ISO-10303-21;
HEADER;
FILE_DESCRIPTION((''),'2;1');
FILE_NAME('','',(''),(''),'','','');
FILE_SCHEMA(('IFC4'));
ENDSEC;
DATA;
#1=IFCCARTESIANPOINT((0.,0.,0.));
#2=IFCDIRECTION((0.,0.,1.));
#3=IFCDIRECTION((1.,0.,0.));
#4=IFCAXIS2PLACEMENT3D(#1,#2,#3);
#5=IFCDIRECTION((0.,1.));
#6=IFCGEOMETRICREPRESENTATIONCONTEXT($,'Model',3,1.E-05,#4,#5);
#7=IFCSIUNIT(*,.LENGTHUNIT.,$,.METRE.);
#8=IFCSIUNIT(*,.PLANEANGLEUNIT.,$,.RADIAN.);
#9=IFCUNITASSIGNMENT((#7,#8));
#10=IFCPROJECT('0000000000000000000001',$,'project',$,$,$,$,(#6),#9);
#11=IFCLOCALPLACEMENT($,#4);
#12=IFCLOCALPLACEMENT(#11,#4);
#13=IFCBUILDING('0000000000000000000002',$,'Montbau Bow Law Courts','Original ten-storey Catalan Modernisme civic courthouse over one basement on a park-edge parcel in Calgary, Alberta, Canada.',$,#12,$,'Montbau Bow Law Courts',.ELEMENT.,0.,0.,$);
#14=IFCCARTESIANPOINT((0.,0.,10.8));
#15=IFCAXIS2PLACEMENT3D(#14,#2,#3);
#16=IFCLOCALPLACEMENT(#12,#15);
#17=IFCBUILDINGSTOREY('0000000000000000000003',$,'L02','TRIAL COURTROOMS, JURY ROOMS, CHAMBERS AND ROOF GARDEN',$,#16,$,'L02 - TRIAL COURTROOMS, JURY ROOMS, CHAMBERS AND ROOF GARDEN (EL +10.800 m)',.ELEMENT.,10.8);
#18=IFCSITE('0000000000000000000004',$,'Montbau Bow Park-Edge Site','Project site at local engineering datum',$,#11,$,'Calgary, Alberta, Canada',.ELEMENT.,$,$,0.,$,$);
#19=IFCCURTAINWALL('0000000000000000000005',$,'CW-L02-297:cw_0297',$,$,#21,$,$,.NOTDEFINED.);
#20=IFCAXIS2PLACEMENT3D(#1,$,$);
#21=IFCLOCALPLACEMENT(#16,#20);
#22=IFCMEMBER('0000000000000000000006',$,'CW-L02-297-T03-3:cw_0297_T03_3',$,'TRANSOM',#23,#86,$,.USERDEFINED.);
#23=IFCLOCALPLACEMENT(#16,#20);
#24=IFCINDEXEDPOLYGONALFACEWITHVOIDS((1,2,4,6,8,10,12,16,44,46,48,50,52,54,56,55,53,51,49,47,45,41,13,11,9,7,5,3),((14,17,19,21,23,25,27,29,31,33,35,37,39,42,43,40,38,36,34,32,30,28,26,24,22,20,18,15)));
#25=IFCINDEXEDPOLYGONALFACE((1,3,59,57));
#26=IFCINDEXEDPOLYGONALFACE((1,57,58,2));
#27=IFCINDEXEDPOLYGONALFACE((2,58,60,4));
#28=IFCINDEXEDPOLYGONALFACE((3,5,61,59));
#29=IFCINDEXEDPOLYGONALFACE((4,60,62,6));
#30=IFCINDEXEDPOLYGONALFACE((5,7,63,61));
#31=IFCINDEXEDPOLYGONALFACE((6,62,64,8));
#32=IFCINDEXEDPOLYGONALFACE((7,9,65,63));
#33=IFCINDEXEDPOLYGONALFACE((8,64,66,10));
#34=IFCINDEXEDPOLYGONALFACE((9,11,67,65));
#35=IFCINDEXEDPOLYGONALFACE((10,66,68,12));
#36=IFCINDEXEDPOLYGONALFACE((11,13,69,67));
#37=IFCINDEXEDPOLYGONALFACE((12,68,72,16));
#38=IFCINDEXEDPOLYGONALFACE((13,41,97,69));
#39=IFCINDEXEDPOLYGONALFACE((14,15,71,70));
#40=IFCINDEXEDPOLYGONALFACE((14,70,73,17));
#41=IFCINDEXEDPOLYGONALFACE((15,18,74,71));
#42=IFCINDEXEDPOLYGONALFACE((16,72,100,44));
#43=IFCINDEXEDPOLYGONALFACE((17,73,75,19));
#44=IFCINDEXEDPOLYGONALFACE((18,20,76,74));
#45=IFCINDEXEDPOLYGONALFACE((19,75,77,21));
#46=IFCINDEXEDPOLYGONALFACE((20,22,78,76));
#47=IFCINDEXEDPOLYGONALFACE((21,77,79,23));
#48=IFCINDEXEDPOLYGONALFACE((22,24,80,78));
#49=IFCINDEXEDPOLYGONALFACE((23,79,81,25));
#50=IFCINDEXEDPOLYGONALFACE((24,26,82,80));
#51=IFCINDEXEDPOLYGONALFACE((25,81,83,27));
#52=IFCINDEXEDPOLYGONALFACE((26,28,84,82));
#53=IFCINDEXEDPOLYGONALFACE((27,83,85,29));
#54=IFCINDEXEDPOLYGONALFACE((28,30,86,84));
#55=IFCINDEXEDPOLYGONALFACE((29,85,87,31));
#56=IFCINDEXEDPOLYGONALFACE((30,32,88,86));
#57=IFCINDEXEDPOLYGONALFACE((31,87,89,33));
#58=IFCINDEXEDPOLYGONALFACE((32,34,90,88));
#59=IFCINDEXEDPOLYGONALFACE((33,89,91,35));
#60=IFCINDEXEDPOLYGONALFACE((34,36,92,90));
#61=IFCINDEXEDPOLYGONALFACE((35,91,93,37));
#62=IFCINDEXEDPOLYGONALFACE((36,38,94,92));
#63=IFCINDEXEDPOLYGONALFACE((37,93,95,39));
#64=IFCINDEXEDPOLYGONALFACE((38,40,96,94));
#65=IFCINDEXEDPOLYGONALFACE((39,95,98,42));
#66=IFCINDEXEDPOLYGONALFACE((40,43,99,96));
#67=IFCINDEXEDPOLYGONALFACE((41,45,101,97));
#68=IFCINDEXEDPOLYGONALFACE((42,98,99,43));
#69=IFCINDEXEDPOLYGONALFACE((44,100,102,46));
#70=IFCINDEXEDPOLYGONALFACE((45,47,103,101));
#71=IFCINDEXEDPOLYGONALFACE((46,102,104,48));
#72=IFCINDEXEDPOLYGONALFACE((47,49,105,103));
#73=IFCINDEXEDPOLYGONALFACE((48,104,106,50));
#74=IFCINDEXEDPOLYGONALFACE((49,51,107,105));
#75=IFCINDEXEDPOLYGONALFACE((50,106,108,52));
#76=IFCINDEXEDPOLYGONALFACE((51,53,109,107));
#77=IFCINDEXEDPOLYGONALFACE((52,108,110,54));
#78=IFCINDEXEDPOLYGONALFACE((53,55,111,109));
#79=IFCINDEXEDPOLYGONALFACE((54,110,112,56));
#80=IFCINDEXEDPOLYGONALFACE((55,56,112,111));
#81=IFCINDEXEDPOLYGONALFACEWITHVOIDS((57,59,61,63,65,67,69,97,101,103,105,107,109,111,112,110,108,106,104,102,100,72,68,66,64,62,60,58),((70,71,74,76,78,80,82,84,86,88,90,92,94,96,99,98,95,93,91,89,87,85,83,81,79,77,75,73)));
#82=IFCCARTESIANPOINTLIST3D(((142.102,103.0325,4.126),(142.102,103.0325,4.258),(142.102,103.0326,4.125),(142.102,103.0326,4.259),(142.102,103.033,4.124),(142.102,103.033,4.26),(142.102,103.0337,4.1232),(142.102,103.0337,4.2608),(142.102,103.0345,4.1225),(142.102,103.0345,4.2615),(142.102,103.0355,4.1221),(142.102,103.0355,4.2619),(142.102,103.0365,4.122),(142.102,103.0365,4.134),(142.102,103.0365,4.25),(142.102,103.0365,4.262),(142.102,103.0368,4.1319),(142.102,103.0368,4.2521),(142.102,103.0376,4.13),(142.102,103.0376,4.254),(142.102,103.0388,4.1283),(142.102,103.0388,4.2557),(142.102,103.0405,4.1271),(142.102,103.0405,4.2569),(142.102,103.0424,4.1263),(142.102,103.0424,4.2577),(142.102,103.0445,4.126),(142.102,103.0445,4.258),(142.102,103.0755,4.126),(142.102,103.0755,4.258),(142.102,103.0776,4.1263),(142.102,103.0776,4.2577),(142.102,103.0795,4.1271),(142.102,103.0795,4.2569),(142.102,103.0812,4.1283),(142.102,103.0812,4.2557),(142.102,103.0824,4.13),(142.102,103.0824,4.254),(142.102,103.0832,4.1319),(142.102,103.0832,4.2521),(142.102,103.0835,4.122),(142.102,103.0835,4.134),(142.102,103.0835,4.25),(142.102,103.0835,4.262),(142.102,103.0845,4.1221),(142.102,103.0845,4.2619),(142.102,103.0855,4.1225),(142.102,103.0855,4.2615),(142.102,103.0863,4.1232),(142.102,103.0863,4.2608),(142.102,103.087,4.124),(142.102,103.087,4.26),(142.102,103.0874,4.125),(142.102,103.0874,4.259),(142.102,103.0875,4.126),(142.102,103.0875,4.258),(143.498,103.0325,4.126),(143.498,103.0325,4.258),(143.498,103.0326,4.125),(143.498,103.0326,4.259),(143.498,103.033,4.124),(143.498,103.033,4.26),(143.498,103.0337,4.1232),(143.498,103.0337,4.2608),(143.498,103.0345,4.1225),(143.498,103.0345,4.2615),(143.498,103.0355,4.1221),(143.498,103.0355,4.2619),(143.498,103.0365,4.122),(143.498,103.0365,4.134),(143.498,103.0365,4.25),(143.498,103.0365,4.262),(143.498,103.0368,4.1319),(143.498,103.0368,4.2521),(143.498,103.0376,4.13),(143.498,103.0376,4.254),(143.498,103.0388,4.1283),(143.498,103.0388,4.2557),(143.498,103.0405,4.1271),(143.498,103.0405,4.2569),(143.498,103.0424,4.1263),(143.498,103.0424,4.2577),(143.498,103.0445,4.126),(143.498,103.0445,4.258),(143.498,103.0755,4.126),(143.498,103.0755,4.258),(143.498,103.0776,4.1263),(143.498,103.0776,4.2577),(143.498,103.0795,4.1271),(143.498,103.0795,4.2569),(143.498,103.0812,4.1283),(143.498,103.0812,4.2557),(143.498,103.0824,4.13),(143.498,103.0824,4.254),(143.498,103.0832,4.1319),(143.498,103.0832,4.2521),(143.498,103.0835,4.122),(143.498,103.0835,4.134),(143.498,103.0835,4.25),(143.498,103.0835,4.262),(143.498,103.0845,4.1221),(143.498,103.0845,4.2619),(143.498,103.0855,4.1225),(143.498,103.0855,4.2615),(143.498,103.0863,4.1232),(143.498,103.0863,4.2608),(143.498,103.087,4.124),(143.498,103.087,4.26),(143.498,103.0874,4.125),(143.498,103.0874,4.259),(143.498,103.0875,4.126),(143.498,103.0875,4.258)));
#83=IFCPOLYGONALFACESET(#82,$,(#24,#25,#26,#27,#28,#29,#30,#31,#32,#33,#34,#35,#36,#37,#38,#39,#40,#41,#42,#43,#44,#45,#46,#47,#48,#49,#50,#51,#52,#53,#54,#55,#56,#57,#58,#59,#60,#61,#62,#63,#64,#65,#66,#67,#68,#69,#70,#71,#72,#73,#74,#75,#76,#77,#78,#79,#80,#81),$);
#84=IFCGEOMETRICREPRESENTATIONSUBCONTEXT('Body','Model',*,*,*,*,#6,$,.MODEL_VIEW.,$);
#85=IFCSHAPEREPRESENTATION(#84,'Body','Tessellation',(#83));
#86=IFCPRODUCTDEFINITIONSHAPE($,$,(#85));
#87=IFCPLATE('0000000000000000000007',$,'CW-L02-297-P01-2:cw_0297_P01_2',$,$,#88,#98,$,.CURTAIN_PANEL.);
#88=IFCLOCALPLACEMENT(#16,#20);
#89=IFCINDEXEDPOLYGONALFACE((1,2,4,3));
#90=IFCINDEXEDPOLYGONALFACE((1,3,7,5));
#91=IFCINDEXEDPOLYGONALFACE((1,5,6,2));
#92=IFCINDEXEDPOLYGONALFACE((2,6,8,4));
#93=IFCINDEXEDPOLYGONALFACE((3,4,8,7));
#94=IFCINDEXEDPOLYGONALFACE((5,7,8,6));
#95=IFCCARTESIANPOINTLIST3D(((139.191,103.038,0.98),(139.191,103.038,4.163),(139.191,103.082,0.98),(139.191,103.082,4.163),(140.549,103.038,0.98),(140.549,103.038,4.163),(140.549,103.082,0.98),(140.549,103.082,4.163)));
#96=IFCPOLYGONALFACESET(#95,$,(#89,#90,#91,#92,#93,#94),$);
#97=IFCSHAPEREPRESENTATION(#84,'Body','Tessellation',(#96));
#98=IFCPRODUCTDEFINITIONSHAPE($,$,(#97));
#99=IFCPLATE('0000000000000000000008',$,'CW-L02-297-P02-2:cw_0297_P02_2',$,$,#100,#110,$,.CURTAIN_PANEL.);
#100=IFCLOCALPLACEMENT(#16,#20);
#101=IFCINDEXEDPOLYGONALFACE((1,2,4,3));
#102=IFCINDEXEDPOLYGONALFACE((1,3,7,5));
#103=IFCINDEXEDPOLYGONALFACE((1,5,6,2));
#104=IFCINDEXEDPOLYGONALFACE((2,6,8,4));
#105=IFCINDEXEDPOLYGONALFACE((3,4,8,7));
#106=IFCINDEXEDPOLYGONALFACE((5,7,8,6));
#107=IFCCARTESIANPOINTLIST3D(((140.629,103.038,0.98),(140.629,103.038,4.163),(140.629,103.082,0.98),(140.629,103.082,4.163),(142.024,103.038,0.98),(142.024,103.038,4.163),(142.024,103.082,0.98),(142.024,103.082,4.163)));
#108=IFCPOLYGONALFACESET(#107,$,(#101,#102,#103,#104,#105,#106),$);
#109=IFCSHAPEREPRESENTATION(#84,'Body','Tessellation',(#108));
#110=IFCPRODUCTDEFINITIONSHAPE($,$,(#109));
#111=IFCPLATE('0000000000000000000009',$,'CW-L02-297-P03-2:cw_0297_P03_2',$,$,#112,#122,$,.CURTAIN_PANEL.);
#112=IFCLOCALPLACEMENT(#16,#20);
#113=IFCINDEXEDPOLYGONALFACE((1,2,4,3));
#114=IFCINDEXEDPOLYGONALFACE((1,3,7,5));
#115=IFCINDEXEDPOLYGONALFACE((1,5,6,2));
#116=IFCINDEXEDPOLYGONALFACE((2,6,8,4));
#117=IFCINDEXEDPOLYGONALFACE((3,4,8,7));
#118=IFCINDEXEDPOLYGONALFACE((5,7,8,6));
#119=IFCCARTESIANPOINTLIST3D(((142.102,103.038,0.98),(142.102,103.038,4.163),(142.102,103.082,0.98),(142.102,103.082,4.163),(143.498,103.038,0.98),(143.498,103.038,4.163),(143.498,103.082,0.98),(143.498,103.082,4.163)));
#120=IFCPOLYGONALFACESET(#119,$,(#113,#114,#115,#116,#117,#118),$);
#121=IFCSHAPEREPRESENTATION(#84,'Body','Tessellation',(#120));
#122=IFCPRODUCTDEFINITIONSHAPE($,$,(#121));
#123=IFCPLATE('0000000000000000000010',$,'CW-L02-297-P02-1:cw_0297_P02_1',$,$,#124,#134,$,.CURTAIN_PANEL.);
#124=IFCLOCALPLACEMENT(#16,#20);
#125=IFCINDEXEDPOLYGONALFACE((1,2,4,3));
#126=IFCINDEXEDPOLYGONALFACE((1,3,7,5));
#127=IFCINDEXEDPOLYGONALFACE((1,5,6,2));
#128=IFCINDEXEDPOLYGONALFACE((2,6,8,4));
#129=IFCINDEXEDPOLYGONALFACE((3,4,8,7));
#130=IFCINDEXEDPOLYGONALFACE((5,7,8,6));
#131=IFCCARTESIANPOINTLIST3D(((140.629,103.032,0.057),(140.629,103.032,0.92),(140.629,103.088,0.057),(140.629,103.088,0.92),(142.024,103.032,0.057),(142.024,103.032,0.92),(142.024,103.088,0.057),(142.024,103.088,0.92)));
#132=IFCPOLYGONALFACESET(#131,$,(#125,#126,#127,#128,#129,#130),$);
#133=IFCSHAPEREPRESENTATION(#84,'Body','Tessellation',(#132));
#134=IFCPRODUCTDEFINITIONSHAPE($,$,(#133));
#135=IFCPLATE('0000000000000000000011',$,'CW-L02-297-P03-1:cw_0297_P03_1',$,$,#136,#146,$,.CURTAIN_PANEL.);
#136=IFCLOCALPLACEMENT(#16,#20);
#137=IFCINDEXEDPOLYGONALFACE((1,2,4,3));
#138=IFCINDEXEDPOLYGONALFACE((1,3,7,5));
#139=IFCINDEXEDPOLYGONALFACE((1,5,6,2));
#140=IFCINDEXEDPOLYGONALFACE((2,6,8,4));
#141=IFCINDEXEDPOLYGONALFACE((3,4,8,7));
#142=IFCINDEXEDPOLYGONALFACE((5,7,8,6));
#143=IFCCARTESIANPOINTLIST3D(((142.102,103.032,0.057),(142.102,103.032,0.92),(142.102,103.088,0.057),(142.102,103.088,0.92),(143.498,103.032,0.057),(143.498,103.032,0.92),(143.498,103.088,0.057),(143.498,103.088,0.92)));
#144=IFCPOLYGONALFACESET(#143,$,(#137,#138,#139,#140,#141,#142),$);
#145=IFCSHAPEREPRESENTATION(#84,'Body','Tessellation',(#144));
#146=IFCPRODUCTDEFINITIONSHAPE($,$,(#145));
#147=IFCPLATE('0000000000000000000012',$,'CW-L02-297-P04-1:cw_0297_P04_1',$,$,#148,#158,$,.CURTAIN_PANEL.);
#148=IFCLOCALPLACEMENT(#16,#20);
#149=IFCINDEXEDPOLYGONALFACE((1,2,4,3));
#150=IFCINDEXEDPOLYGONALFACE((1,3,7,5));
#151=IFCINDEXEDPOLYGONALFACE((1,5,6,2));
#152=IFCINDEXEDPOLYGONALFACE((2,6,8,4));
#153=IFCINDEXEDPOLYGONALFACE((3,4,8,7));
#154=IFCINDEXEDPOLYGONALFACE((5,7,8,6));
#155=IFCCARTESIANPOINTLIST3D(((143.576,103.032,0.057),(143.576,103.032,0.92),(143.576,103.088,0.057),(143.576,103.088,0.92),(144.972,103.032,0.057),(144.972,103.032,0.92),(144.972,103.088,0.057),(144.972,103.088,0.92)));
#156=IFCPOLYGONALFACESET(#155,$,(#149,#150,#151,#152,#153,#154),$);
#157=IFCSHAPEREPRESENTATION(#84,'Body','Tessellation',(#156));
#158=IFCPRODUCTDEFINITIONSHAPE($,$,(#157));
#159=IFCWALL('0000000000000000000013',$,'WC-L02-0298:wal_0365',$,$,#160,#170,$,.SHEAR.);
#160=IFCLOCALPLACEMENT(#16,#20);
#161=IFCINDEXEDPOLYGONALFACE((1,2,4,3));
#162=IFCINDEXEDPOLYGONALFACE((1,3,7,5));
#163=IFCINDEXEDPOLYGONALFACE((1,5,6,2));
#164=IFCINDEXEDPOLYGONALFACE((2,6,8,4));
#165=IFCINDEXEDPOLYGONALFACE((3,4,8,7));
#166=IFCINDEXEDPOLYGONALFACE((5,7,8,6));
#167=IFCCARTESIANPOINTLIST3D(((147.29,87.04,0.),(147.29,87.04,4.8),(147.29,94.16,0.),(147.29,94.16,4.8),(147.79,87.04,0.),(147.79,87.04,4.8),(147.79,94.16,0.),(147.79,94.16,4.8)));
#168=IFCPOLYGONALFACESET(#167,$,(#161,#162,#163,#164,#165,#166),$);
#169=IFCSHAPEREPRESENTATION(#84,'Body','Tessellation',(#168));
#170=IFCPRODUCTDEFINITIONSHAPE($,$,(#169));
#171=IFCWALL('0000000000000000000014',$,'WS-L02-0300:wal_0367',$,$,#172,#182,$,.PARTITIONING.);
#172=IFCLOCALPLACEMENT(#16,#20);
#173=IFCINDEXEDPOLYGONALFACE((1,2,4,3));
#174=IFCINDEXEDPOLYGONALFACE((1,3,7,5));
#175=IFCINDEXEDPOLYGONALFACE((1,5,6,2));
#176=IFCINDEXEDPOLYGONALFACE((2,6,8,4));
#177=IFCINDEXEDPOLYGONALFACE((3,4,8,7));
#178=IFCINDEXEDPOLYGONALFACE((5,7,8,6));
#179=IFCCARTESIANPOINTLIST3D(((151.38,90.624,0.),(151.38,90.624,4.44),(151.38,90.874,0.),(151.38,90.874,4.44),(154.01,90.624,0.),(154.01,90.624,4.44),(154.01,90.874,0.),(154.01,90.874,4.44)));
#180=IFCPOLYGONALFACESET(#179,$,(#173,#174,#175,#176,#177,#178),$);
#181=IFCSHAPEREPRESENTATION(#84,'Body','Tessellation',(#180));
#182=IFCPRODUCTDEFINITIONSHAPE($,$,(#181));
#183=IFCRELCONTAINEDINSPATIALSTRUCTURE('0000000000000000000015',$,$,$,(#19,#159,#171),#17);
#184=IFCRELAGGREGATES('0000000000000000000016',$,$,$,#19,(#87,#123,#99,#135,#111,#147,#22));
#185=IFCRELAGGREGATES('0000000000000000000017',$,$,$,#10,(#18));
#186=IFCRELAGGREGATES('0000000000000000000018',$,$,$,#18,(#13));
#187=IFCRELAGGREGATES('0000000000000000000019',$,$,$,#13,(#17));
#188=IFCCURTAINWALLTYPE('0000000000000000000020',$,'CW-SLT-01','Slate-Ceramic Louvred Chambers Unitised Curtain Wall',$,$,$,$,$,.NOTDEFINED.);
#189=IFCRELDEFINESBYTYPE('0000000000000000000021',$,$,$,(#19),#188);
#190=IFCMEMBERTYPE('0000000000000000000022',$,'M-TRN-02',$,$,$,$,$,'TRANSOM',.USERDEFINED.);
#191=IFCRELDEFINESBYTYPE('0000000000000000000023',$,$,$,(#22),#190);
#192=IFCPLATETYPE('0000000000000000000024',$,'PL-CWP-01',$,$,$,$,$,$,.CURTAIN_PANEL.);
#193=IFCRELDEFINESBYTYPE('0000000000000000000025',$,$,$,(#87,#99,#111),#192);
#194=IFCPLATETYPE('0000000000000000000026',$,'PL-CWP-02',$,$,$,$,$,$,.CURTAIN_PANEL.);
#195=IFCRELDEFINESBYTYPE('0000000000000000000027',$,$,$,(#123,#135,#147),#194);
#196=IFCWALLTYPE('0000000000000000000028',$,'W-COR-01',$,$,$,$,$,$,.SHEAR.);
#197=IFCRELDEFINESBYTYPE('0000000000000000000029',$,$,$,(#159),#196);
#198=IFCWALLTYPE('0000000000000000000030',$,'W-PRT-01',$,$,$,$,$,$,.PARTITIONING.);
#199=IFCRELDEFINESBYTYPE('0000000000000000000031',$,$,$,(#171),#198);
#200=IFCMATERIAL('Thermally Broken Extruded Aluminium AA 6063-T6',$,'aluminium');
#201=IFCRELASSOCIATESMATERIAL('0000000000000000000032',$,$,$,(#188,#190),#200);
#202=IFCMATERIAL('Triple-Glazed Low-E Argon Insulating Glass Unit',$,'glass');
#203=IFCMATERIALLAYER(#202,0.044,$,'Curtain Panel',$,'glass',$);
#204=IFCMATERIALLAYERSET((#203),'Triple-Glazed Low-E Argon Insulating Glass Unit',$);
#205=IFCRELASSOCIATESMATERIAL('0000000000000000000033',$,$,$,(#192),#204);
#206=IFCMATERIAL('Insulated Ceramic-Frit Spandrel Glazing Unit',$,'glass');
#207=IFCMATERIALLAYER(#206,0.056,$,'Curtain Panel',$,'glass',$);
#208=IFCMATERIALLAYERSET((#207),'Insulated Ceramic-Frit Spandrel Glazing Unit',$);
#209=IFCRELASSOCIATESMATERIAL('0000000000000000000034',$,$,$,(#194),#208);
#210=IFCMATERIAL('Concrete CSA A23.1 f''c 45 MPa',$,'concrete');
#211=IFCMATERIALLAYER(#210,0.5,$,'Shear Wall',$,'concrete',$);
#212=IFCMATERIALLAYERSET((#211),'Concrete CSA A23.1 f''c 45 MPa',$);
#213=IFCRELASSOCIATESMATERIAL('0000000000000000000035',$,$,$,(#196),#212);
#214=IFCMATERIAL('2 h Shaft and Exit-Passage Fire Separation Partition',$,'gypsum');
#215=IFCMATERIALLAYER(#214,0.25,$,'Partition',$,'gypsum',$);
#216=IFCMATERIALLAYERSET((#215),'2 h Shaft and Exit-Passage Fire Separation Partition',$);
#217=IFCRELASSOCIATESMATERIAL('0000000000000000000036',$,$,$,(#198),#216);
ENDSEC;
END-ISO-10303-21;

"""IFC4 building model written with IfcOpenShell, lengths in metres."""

from ifc_helpers import new_model, si_unit, direction, frame, frame_2d, origin_with_axes, origin_2d_with_axis, place, context, subcontext, project, spatial, rectangle, hollow_rectangle, extrude, material, layer, layer_set, material_profile, profile_set, type_object, element, aggregate, save


model = new_model("IFC4")

# Units and contexts
model_context = context("Model", 3, precision=1e-05, world=origin_with_axes(), true_north=direction((0.0, 1.0)))
body_context = subcontext(model_context, "Body", "Model", "MODEL_VIEW")
ifc_project = project(units=[si_unit("LENGTHUNIT", "METRE"), si_unit("PLANEANGLEUNIT", "RADIAN")], contexts=[model_context])

# Site, building, storey
site_placement = place(None, origin_with_axes())
site = spatial("IfcSite", under=ifc_project, at=site_placement, Name="Montbau Bow Park-Edge Site", Description="Project site at local engineering datum", LongName="Calgary, Alberta, Canada", CompositionType="ELEMENT", RefElevation=0.0)
building_placement = place(site_placement, origin_with_axes())
building = spatial("IfcBuilding", under=site, at=building_placement, Name="Montbau Bow Law Courts", Description="Original ten-storey Catalan Modernisme civic courthouse over one basement on a park-edge parcel in Calgary, Alberta, Canada.", LongName="Montbau Bow Law Courts", CompositionType="ELEMENT", ElevationOfRefHeight=0.0, ElevationOfTerrain=0.0)
storey_placement = place(building_placement, frame((0.0, 0.0, 10.8), z_axis=(0.0, 0.0, 1.0), x_axis=(1.0, 0.0, 0.0)))
storey = spatial("IfcBuildingStorey", under=building, at=storey_placement, Name="L02", Description="TRIAL COURTROOMS, JURY ROOMS, CHAMBERS AND ROOF GARDEN", LongName="L02 - TRIAL COURTROOMS, JURY ROOMS, CHAMBERS AND ROOF GARDEN (EL +10.800 m)", CompositionType="ELEMENT", Elevation=10.8)

# Curtain wall, member, plates
ifc_material_1 = material(Name="Thermally Broken Extruded Aluminium AA 6063-T6", Category="aluminium")
curtain_wall_type = type_object("IfcCurtainWallType", Name="CW-SLT-01", Description="Slate-Ceramic Louvred Chambers Unitised Curtain Wall", PredefinedType="NOTDEFINED", material=ifc_material_1)
curtain_wall_placement = place(None, frame((139.115, 103.06, 10.8), z_axis=(0.0, 0.0, 1.0), x_axis=(1.0, 0.0, 0.0)))
curtain_wall = element("IfcCurtainWall", 1, at=curtain_wall_placement, inside=storey, type_object=curtain_wall_type, Name="CW-L02-297:cw_0297", PredefinedType="NOTDEFINED")
ifc_material_profile_1 = material_profile(ifc_material_1, hollow_rectangle(XDim=0.055, YDim=0.14, WallThickness=0.004, InnerFilletRadius=0.008, OuterFilletRadius=0.004, at=origin_2d_with_axis()), Name="CWT-140X55", Category="Main", Priority=0)
ifc_profile_set_1 = profile_set([ifc_material_profile_1], Name="Thermally Broken Extruded Aluminium AA 6063-T6")
member_type_1 = type_object("IfcMemberType", Name="M-TRN-02", ElementType="TRANSOM", PredefinedType="USERDEFINED", material=ifc_profile_set_1)
member_1_placement = place(None, frame((142.102, 103.06, 14.992), z_axis=(1.0, 0.0, 0.0), x_axis=(0.0, 1.0, 0.0)))
member_1 = element("IfcMember", 2, at=member_1_placement, type_object=member_type_1, Name="CW-L02-297-T03-3:cw_0297_T03_3", ObjectType="TRANSOM", PredefinedType="USERDEFINED", context=body_context, shape_type="SweptSolid", body=[
    extrude(hollow_rectangle(XDim=0.055, YDim=0.14, WallThickness=0.004, InnerFilletRadius=0.008, OuterFilletRadius=0.004, at=origin_2d_with_axis()), origin_with_axes(), (0.0, 0.0, 1.0), 1.396),
])
ifc_material_2 = material(Name="Triple-Glazed Low-E Argon Insulating Glass Unit", Category="glass")
ifc_layer_1 = layer(ifc_material_2, 0.044, Name="Curtain Panel", Category="glass")
ifc_layer_set_1 = layer_set([ifc_layer_1], Name="Triple-Glazed Low-E Argon Insulating Glass Unit")
plate_type_1 = type_object("IfcPlateType", Name="PL-CWP-01", PredefinedType="CURTAIN_PANEL", material=ifc_layer_set_1)
plate_1_placement = place(None, frame((139.191, 103.06, 11.78), z_axis=(0.0, -1.0, 0.0), x_axis=(1.0, 0.0, 0.0)))
plate_1 = element("IfcPlate", 3, at=plate_1_placement, type_object=plate_type_1, Name="CW-L02-297-P01-2:cw_0297_P01_2", PredefinedType="CURTAIN_PANEL", context=body_context, shape_type="SweptSolid", body=[
    extrude(rectangle(XDim=1.358, YDim=3.183, at=frame_2d((0.679, 1.5915), x_axis=(1.0, 0.0))), frame((0.0, 0.0, -0.022), z_axis=(0.0, 0.0, 1.0), x_axis=(1.0, 0.0, 0.0)), (0.0, 0.0, 1.0), 0.044),
])
plate_2_placement = place(None, frame((140.629, 103.06, 11.78), z_axis=(0.0, -1.0, 0.0), x_axis=(1.0, 0.0, 0.0)))
plate_2 = element("IfcPlate", 4, at=plate_2_placement, type_object=plate_type_1, Name="CW-L02-297-P02-2:cw_0297_P02_2", PredefinedType="CURTAIN_PANEL", context=body_context, shape_type="SweptSolid", body=[
    extrude(rectangle(XDim=1.395, YDim=3.183, at=frame_2d((0.6975, 1.5915), x_axis=(1.0, 0.0))), frame((0.0, 0.0, -0.022), z_axis=(0.0, 0.0, 1.0), x_axis=(1.0, 0.0, 0.0)), (0.0, 0.0, 1.0), 0.044),
])
plate_3_placement = place(None, frame((142.102, 103.06, 11.78), z_axis=(0.0, -1.0, 0.0), x_axis=(1.0, 0.0, 0.0)))
plate_3 = element("IfcPlate", 5, at=plate_3_placement, type_object=plate_type_1, Name="CW-L02-297-P03-2:cw_0297_P03_2", PredefinedType="CURTAIN_PANEL", context=body_context, shape_type="SweptSolid", body=[
    extrude(rectangle(XDim=1.396, YDim=3.183, at=frame_2d((0.698, 1.5915), x_axis=(1.0, 0.0))), frame((0.0, 0.0, -0.022), z_axis=(0.0, 0.0, 1.0), x_axis=(1.0, 0.0, 0.0)), (0.0, 0.0, 1.0), 0.044),
])
ifc_material_3 = material(Name="Insulated Ceramic-Frit Spandrel Glazing Unit", Category="glass")
ifc_layer_2 = layer(ifc_material_3, 0.056, Name="Curtain Panel", Category="glass")
ifc_layer_set_2 = layer_set([ifc_layer_2], Name="Insulated Ceramic-Frit Spandrel Glazing Unit")
plate_type_2 = type_object("IfcPlateType", Name="PL-CWP-02", PredefinedType="CURTAIN_PANEL", material=ifc_layer_set_2)
plate_4_placement = place(None, frame((140.629, 103.06, 10.857), z_axis=(0.0, -1.0, 0.0), x_axis=(1.0, 0.0, 0.0)))
plate_4 = element("IfcPlate", 6, at=plate_4_placement, type_object=plate_type_2, Name="CW-L02-297-P02-1:cw_0297_P02_1", PredefinedType="CURTAIN_PANEL", context=body_context, shape_type="SweptSolid", body=[
    extrude(rectangle(XDim=1.395, YDim=0.863, at=frame_2d((0.6975, 0.4315), x_axis=(1.0, 0.0))), frame((0.0, 0.0, -0.028), z_axis=(0.0, 0.0, 1.0), x_axis=(1.0, 0.0, 0.0)), (0.0, 0.0, 1.0), 0.056),
])
plate_5_placement = place(None, frame((142.102, 103.06, 10.857), z_axis=(0.0, -1.0, 0.0), x_axis=(1.0, 0.0, 0.0)))
plate_5 = element("IfcPlate", 7, at=plate_5_placement, type_object=plate_type_2, Name="CW-L02-297-P03-1:cw_0297_P03_1", PredefinedType="CURTAIN_PANEL", context=body_context, shape_type="SweptSolid", body=[
    extrude(rectangle(XDim=1.396, YDim=0.863, at=frame_2d((0.698, 0.4315), x_axis=(1.0, 0.0))), frame((0.0, 0.0, -0.028), z_axis=(0.0, 0.0, 1.0), x_axis=(1.0, 0.0, 0.0)), (0.0, 0.0, 1.0), 0.056),
])
plate_6_placement = place(None, frame((143.576, 103.06, 10.857), z_axis=(0.0, -1.0, 0.0), x_axis=(1.0, 0.0, 0.0)))
plate_6 = element("IfcPlate", 8, at=plate_6_placement, type_object=plate_type_2, Name="CW-L02-297-P04-1:cw_0297_P04_1", PredefinedType="CURTAIN_PANEL", context=body_context, shape_type="SweptSolid", body=[
    extrude(rectangle(XDim=1.396, YDim=0.863, at=frame_2d((0.698, 0.4315), x_axis=(1.0, 0.0))), frame((0.0, 0.0, -0.028), z_axis=(0.0, 0.0, 1.0), x_axis=(1.0, 0.0, 0.0)), (0.0, 0.0, 1.0), 0.056),
])
aggregate(curtain_wall, [plate_1, plate_4, plate_2, plate_5, plate_3, plate_6, member_1])

# Walls
ifc_material_4 = material(Name="Concrete CSA A23.1 f'c 45 MPa", Category="concrete")
ifc_layer_3 = layer(ifc_material_4, 0.5, Name="Shear Wall", Category="concrete")
ifc_layer_set_3 = layer_set([ifc_layer_3], Name="Concrete CSA A23.1 f'c 45 MPa")
wall_type_1 = type_object("IfcWallType", Name="W-COR-01", PredefinedType="SHEAR", material=ifc_layer_set_3)
wall_1_placement = place(None, frame((147.54, 94.16, 10.8), z_axis=(0.0, 0.0, 1.0), x_axis=(0.0, -1.0, 0.0)))
element("IfcWall", 9, at=wall_1_placement, inside=storey, type_object=wall_type_1, Name="WC-L02-0298:wal_0365", PredefinedType="SHEAR", context=body_context, shape_type="SweptSolid", body=[
    extrude(rectangle(XDim=7.12, YDim=0.5, at=frame_2d((3.56, 0.0), x_axis=(1.0, 0.0))), origin_with_axes(), (0.0, 0.0, 1.0), 4.8),
])
ifc_material_5 = material(Name="2 h Shaft and Exit-Passage Fire Separation Partition", Category="gypsum")
ifc_layer_4 = layer(ifc_material_5, 0.25, Name="Partition", Category="gypsum")
ifc_layer_set_4 = layer_set([ifc_layer_4], Name="2 h Shaft and Exit-Passage Fire Separation Partition")
wall_type_2 = type_object("IfcWallType", Name="W-PRT-01", PredefinedType="PARTITIONING", material=ifc_layer_set_4)
wall_2_placement = place(None, frame((151.38, 90.749, 10.8), z_axis=(0.0, 0.0, 1.0), x_axis=(1.0, 0.0, 0.0)))
element("IfcWall", 10, at=wall_2_placement, inside=storey, type_object=wall_type_2, Name="WS-L02-0300:wal_0367", PredefinedType="PARTITIONING", context=body_context, shape_type="SweptSolid", body=[
    extrude(rectangle(XDim=2.63, YDim=0.25, at=frame_2d((1.315, 0.0), x_axis=(1.0, 0.0))), origin_with_axes(), (0.0, 0.0, 1.0), 4.44),
])

save(model, "model.ifc")
